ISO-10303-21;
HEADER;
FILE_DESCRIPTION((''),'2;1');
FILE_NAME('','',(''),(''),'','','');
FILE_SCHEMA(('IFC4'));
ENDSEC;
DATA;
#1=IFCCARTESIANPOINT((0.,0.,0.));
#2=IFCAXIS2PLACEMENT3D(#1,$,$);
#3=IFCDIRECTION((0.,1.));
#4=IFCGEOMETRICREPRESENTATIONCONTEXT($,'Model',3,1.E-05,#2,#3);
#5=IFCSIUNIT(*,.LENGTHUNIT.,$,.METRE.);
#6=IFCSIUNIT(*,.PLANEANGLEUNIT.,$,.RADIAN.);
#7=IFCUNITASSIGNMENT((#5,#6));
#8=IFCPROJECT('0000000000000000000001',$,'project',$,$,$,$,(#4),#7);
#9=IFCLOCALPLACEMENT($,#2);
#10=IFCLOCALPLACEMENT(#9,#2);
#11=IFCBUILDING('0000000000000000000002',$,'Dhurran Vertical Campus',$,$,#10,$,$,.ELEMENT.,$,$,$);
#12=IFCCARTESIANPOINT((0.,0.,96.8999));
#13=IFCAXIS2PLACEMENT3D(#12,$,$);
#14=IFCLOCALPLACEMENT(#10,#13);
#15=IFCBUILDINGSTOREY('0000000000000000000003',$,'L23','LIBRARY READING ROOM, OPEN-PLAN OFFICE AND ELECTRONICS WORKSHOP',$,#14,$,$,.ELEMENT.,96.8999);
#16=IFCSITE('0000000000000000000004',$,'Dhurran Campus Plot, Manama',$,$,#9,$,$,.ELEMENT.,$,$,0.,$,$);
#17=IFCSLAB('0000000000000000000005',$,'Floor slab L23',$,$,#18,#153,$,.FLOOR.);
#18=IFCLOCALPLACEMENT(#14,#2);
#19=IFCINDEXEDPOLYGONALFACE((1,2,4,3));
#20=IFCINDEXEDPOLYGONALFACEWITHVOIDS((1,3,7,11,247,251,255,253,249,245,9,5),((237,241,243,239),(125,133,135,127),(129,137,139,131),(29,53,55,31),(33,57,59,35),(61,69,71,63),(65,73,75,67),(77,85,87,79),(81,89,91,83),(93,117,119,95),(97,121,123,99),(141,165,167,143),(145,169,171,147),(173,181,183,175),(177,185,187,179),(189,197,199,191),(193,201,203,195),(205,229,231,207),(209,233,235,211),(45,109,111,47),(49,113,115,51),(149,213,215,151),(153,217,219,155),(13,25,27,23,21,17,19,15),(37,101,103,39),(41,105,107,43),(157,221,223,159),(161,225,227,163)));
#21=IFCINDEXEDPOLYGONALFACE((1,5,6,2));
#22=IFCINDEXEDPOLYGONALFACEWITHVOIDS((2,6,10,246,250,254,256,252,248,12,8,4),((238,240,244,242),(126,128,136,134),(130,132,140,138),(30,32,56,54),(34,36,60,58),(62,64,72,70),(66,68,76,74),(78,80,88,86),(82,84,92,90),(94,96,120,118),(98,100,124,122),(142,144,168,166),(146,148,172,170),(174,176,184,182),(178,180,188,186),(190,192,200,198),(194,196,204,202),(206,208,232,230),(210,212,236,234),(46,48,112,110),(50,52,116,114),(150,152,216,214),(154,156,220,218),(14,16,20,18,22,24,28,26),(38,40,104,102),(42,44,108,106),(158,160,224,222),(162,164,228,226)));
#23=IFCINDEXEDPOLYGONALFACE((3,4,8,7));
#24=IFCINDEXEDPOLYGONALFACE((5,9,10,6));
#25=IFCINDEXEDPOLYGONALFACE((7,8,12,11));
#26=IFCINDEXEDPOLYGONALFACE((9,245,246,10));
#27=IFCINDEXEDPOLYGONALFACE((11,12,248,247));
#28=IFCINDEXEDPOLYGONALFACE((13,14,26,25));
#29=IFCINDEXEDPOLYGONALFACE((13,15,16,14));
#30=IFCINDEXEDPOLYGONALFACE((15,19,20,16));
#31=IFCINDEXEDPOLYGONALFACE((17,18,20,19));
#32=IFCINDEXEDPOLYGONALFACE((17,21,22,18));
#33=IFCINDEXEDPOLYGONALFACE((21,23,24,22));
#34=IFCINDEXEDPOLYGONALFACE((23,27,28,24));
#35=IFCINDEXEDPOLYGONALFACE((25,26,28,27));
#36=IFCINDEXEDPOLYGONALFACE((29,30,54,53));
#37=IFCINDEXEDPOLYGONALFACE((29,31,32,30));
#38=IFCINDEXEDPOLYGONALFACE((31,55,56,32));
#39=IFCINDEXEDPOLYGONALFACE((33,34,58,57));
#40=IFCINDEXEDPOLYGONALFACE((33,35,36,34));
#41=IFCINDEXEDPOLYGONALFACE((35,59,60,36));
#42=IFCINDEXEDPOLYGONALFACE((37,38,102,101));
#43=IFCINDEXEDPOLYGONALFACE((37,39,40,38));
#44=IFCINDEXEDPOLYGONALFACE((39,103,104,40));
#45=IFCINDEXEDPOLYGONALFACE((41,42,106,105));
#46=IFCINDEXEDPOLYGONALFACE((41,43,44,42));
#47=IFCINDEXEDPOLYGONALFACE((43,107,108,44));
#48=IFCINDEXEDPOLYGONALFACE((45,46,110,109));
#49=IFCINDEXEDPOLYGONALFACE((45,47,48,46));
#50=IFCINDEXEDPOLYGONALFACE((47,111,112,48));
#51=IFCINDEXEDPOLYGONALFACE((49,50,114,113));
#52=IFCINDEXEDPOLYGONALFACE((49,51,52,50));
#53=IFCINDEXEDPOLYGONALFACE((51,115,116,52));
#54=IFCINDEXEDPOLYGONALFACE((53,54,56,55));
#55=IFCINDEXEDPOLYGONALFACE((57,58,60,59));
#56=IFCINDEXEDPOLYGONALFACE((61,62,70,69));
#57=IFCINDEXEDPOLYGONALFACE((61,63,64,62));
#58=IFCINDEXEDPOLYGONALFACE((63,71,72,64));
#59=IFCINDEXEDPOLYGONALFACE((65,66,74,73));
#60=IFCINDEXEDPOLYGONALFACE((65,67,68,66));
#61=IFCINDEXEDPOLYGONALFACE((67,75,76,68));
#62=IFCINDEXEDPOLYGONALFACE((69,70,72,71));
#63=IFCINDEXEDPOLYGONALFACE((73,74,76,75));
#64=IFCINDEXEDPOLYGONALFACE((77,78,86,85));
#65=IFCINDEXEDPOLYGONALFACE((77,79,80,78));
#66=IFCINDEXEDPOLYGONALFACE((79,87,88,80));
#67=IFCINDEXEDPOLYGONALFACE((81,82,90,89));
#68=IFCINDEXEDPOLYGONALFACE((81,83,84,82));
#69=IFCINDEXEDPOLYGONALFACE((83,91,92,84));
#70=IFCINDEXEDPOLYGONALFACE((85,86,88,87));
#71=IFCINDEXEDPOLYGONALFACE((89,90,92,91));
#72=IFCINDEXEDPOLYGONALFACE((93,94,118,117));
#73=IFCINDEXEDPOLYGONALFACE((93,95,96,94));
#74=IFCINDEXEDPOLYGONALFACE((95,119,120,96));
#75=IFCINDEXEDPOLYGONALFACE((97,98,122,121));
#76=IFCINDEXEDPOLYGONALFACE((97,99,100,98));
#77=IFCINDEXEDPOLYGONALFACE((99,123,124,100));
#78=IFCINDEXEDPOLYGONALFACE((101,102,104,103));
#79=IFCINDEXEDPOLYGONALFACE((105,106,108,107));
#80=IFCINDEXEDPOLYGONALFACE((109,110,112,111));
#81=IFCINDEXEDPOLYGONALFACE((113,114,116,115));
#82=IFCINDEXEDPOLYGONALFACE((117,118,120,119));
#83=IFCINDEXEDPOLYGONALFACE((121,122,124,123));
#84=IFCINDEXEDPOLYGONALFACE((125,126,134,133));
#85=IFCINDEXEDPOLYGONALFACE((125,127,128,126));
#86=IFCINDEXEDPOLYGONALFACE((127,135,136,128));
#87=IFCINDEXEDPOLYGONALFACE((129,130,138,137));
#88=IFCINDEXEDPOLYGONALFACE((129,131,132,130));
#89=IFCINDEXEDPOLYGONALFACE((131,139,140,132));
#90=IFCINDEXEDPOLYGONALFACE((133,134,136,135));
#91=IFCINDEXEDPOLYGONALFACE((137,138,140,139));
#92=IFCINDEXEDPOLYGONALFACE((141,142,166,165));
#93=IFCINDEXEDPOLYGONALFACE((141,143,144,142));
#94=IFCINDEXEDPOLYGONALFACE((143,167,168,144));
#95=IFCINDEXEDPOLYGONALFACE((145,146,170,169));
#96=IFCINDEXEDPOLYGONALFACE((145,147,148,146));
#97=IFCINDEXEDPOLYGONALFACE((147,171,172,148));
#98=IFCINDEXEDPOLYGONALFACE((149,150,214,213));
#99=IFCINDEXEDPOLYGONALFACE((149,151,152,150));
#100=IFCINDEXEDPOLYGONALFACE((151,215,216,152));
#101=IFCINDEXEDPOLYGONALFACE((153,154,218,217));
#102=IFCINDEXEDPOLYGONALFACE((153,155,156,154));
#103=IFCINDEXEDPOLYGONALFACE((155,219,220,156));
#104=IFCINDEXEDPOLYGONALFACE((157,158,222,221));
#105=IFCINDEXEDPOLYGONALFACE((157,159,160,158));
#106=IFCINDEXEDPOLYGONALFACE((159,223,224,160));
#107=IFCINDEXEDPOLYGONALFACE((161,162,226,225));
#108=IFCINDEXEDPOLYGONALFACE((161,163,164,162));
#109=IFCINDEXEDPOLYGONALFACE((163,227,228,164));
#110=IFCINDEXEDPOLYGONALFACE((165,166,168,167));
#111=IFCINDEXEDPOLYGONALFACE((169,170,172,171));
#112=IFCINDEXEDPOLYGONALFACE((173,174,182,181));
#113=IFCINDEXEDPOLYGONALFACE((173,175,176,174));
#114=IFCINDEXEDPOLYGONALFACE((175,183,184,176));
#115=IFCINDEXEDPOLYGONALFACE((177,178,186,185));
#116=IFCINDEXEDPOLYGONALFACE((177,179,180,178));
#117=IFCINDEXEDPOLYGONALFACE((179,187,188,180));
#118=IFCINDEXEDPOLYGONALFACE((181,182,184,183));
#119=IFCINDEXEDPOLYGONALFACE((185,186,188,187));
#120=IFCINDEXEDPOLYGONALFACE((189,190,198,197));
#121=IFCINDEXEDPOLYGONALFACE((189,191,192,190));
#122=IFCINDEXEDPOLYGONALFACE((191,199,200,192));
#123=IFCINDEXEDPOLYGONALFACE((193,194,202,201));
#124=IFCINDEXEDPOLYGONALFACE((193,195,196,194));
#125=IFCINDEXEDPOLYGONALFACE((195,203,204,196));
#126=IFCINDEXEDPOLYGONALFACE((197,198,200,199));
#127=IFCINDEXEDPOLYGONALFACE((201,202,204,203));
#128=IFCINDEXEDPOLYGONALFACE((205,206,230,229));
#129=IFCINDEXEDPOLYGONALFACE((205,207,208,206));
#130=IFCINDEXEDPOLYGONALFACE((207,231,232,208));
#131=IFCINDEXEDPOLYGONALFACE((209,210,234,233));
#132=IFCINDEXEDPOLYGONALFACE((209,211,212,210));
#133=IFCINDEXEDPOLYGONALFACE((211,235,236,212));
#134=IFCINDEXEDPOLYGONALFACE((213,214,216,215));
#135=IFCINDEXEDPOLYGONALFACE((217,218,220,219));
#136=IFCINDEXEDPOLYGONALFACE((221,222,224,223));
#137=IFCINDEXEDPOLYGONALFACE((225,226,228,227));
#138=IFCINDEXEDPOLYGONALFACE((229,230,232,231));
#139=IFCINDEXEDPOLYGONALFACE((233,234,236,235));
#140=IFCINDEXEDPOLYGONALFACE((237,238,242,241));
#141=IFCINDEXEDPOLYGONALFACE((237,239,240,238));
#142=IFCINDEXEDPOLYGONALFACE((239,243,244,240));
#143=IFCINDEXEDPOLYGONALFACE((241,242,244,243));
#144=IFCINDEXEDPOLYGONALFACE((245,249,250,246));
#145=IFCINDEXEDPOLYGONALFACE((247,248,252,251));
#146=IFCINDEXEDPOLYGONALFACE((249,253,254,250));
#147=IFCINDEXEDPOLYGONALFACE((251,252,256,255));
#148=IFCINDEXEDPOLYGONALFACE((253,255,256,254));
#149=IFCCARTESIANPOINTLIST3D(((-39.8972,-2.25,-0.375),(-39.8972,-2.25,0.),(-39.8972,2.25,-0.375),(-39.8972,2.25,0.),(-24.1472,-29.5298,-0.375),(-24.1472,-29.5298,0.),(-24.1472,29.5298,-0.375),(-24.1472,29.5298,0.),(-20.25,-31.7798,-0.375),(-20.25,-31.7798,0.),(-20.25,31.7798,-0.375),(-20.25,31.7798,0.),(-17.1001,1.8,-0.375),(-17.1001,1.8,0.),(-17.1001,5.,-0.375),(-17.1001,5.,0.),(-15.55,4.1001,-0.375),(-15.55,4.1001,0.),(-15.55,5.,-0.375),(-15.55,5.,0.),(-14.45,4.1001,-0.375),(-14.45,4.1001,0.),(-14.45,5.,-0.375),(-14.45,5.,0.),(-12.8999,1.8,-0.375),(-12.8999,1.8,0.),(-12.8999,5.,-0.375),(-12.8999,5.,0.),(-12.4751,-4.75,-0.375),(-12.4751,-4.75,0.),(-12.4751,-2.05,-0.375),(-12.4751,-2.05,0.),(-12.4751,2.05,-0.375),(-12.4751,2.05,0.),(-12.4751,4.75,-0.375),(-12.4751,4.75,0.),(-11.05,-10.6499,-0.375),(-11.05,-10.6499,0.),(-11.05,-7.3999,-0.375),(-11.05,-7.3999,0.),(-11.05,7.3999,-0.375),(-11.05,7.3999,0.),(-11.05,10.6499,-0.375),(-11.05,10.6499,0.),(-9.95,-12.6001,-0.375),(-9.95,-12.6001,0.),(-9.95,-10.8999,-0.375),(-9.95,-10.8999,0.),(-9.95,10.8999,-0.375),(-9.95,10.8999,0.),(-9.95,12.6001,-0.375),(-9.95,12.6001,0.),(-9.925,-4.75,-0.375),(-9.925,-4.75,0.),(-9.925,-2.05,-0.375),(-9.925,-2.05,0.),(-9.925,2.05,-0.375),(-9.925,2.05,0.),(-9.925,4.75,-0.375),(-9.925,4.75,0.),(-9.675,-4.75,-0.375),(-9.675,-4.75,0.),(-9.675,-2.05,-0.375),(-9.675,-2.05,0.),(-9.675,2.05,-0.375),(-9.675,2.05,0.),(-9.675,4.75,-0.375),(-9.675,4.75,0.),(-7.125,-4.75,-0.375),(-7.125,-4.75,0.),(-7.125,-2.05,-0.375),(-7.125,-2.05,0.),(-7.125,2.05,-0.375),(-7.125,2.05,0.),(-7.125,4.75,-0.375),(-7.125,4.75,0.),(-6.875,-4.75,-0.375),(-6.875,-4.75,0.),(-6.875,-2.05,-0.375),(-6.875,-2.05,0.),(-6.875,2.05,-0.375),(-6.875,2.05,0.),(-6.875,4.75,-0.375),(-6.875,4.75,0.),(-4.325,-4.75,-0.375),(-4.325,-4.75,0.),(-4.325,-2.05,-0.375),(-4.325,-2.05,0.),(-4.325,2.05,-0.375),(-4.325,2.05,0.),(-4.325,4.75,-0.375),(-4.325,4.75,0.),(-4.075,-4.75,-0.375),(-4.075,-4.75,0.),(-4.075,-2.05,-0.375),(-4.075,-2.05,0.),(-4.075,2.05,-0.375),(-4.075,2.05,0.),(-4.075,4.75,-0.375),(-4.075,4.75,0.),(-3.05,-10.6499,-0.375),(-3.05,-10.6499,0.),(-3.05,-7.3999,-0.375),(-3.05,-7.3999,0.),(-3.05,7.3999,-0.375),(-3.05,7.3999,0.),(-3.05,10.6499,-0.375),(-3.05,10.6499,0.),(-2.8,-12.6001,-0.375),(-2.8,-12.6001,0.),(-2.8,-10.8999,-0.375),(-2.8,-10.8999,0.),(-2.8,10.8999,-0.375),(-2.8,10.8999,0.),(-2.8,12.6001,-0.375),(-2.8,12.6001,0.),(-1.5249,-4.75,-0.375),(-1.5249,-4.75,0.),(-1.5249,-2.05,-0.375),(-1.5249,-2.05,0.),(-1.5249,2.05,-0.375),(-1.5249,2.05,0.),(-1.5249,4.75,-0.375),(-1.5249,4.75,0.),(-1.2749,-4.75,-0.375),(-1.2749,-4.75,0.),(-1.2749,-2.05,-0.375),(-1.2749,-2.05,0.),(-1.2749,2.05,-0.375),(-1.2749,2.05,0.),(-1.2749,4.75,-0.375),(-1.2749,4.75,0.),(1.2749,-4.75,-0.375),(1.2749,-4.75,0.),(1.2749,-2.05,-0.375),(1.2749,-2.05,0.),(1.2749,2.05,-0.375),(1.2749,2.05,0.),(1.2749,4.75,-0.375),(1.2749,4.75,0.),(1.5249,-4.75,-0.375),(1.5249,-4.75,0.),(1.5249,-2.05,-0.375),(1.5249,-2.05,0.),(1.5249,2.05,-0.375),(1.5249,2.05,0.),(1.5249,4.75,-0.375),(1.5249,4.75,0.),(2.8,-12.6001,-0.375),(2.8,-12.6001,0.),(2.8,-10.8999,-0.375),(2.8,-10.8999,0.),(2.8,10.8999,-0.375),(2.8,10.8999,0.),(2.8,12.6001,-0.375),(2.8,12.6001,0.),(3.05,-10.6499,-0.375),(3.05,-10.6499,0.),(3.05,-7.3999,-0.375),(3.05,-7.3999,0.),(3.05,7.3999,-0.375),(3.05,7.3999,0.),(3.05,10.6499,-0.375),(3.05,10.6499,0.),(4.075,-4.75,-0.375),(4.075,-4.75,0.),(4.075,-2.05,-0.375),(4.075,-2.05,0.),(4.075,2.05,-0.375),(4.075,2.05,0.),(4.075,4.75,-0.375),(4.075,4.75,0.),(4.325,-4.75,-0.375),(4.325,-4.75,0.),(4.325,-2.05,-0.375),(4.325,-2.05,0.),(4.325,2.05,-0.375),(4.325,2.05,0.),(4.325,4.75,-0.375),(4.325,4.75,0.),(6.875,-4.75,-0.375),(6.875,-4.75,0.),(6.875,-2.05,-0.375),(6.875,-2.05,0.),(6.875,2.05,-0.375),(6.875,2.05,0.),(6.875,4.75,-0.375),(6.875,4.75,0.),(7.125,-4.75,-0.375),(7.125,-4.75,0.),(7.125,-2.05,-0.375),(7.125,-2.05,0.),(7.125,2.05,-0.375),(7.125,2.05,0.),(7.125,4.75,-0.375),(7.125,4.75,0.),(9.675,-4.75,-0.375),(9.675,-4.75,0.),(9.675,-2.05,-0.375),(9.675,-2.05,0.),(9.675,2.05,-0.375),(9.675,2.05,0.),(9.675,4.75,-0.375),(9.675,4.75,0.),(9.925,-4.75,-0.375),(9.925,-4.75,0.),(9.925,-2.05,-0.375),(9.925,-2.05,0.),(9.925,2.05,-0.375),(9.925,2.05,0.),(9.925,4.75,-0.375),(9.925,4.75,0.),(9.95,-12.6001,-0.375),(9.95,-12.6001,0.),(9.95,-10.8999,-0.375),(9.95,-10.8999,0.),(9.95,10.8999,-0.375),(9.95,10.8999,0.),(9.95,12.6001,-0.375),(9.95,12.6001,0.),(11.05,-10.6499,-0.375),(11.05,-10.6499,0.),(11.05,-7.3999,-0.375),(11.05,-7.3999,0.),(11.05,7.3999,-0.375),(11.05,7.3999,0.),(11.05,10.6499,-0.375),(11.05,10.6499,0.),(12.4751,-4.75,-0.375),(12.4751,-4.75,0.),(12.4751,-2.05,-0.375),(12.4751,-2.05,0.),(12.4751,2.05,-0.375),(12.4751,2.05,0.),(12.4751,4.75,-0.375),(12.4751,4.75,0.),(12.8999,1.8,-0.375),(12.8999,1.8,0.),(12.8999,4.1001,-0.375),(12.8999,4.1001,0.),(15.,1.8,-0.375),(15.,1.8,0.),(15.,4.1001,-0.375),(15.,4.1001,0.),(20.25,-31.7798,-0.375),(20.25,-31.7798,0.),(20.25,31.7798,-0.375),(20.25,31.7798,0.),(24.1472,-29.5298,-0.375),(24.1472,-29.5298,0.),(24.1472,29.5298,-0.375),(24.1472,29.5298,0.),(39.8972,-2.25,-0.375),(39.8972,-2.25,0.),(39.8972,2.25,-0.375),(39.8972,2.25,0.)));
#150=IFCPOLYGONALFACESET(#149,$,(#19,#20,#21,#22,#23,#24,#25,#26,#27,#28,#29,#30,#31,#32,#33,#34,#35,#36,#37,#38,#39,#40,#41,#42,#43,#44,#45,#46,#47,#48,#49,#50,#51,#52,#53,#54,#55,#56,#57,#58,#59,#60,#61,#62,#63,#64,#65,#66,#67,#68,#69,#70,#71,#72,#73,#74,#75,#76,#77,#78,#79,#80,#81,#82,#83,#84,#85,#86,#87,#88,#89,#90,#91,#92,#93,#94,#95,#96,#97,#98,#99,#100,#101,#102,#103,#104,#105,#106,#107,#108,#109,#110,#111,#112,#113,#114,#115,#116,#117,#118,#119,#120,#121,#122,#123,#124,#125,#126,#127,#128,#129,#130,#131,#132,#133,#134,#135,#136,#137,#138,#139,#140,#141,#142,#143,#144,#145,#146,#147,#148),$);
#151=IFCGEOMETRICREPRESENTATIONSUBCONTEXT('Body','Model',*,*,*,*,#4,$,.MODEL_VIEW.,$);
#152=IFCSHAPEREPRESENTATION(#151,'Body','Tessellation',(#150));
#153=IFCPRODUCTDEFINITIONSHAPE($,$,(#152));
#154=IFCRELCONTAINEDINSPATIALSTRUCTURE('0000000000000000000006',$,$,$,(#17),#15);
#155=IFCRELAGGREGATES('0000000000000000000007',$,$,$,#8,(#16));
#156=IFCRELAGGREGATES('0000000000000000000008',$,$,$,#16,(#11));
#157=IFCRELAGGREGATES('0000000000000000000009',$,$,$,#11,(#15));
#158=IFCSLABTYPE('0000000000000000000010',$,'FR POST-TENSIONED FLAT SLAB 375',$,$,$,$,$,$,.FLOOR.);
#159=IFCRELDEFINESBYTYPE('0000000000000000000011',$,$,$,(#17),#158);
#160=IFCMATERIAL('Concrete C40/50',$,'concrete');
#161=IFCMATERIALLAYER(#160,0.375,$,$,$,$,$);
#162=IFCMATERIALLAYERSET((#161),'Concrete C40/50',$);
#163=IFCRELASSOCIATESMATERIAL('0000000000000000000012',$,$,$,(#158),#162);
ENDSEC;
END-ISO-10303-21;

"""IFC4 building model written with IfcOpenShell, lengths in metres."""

from ifc_helpers import new_model, si_unit, direction, frame, origin, place, context, subcontext, project, spatial, polyline, outline, extrude, material, layer, layer_set, type_object, element, save


model = new_model("IFC4")

# Units and contexts
model_context = context("Model", 3, precision=1e-05, world=origin(), true_north=direction((0.0, 1.0)))
body_context = subcontext(model_context, "Body", "Model", "MODEL_VIEW")
ifc_project = project(units=[si_unit("LENGTHUNIT", "METRE"), si_unit("PLANEANGLEUNIT", "RADIAN")], contexts=[model_context])

# Site, building, storey
site_placement = place(None, origin())
site = spatial("IfcSite", under=ifc_project, at=site_placement, Name="Dhurran Campus Plot, Manama", CompositionType="ELEMENT", RefElevation=0.0)
building_placement = place(site_placement, origin())
building = spatial("IfcBuilding", under=site, at=building_placement, Name="Dhurran Vertical Campus", CompositionType="ELEMENT")
storey_placement = place(building_placement, frame((0.0, 0.0, 96.8999)))
storey = spatial("IfcBuildingStorey", under=building, at=storey_placement, Name="L23", Description="LIBRARY READING ROOM, OPEN-PLAN OFFICE AND ELECTRONICS WORKSHOP", CompositionType="ELEMENT", Elevation=96.8999)

# Slab
ifc_material_1 = material(Name="Concrete C40/50", Category="concrete")
ifc_layer_1 = layer(ifc_material_1, 0.375)
ifc_layer_set_1 = layer_set([ifc_layer_1], Name="Concrete C40/50")
slab_type = type_object("IfcSlabType", Name="FR POST-TENSIONED FLAT SLAB 375", PredefinedType="FLOOR", material=ifc_layer_set_1)
slab_placement = place(storey_placement, frame((0.0, 0.0, -0.375)))
element("IfcSlab", 1, at=slab_placement, inside=storey, type_object=slab_type, Name="Floor slab L23", PredefinedType="FLOOR", context=body_context, shape_type="SweptSolid", body=[
    extrude(outline(polyline([(-20.25, -31.7798), (20.25, -31.7798), (24.1472, -29.5298), (39.8972, -2.25), (39.8972, 2.25), (24.1472, 29.5298), (20.25, 31.7798), (-20.25, 31.7798), (-24.1472, 29.5298), (-39.8972, 2.25), (-39.8972, -2.25), (-24.1472, -29.5298), (-20.25, -31.7798)]), holes=[polyline([(-12.4751, 2.05), (-9.925, 2.05), (-9.925, 4.75), (-12.4751, 4.75), (-12.4751, 2.05)]), polyline([(-9.675, 2.05), (-7.125, 2.05), (-7.125, 4.75), (-9.675, 4.75), (-9.675, 2.05)]), polyline([(-6.875, 2.05), (-4.325, 2.05), (-4.325, 4.75), (-6.875, 4.75), (-6.875, 2.05)]), polyline([(-1.2749, 2.05), (1.2749, 2.05), (1.2749, 4.75), (-1.2749, 4.75), (-1.2749, 2.05)]), polyline([(9.925, 2.05), (12.4751, 2.05), (12.4751, 4.75), (9.925, 4.75), (9.925, 2.05)]), polyline([(-1.2749, -4.75), (1.2749, -4.75), (1.2749, -2.05), (-1.2749, -2.05), (-1.2749, -4.75)]), polyline([(1.5249, -4.75), (4.075, -4.75), (4.075, -2.05), (1.5249, -2.05), (1.5249, -4.75)]), polyline([(4.325, -4.75), (6.875, -4.75), (6.875, -2.05), (4.325, -2.05), (4.325, -4.75)]), polyline([(7.125, -4.75), (9.675, -4.75), (9.675, -2.05), (7.125, -2.05), (7.125, -4.75)]), polyline([(9.925, -4.75), (12.4751, -4.75), (12.4751, -2.05), (9.925, -2.05), (9.925, -4.75)]), polyline([(-4.075, 2.05), (-1.5249, 2.05), (-1.5249, 4.75), (-4.075, 4.75), (-4.075, 2.05)]), polyline([(1.5249, 2.05), (4.075, 2.05), (4.075, 4.75), (1.5249, 4.75), (1.5249, 2.05)]), polyline([(4.325, 2.05), (6.875, 2.05), (6.875, 4.75), (4.325, 4.75), (4.325, 2.05)]), polyline([(7.125, 2.05), (9.675, 2.05), (9.675, 4.75), (7.125, 4.75), (7.125, 2.05)]), polyline([(-12.4751, -4.75), (-9.925, -4.75), (-9.925, -2.05), (-12.4751, -2.05), (-12.4751, -4.75)]), polyline([(-9.675, -4.75), (-7.125, -4.75), (-7.125, -2.05), (-9.675, -2.05), (-9.675, -4.75)]), polyline([(-6.875, -4.75), (-4.325, -4.75), (-4.325, -2.05), (-6.875, -2.05), (-6.875, -4.75)]), polyline([(-4.075, -4.75), (-1.5249, -4.75), (-1.5249, -2.05), (-4.075, -2.05), (-4.075, -4.75)]), polyline([(-11.05, 7.3999), (-3.05, 7.3999), (-3.05, 10.6499), (-11.05, 10.6499), (-11.05, 7.3999)]), polyline([(3.05, 7.3999), (11.05, 7.3999), (11.05, 10.6499), (3.05, 10.6499), (3.05, 7.3999)]), polyline([(-11.05, -10.6499), (-3.05, -10.6499), (-3.05, -7.3999), (-11.05, -7.3999), (-11.05, -10.6499)]), polyline([(3.05, -10.6499), (11.05, -10.6499), (11.05, -7.3999), (3.05, -7.3999), (3.05, -10.6499)]), polyline([(-9.95, 10.8999), (-9.95, 12.6001), (-2.8, 12.6001), (-2.8, 10.8999), (-9.95, 10.8999)]), polyline([(9.95, 12.6001), (9.95, 10.8999), (2.8, 10.8999), (2.8, 12.6001), (9.95, 12.6001)]), polyline([(-9.95, -12.6001), (-9.95, -10.8999), (-2.8, -10.8999), (-2.8, -12.6001), (-9.95, -12.6001)]), polyline([(9.95, -10.8999), (9.95, -12.6001), (2.8, -12.6001), (2.8, -10.8999), (9.95, -10.8999)]), polyline([(-17.1001, 1.8), (-17.1001, 5.0), (-15.55, 5.0), (-15.55, 4.1001), (-14.45, 4.1001), (-14.45, 5.0), (-12.8999, 5.0), (-12.8999, 1.8), (-17.1001, 1.8)]), polyline([(12.8999, 4.1001), (15.0, 4.1001), (15.0, 1.8), (12.8999, 1.8), (12.8999, 4.1001)])]), origin(), (0.0, 0.0, 1.0), 0.375),
])

save(model, "model.ifc")
